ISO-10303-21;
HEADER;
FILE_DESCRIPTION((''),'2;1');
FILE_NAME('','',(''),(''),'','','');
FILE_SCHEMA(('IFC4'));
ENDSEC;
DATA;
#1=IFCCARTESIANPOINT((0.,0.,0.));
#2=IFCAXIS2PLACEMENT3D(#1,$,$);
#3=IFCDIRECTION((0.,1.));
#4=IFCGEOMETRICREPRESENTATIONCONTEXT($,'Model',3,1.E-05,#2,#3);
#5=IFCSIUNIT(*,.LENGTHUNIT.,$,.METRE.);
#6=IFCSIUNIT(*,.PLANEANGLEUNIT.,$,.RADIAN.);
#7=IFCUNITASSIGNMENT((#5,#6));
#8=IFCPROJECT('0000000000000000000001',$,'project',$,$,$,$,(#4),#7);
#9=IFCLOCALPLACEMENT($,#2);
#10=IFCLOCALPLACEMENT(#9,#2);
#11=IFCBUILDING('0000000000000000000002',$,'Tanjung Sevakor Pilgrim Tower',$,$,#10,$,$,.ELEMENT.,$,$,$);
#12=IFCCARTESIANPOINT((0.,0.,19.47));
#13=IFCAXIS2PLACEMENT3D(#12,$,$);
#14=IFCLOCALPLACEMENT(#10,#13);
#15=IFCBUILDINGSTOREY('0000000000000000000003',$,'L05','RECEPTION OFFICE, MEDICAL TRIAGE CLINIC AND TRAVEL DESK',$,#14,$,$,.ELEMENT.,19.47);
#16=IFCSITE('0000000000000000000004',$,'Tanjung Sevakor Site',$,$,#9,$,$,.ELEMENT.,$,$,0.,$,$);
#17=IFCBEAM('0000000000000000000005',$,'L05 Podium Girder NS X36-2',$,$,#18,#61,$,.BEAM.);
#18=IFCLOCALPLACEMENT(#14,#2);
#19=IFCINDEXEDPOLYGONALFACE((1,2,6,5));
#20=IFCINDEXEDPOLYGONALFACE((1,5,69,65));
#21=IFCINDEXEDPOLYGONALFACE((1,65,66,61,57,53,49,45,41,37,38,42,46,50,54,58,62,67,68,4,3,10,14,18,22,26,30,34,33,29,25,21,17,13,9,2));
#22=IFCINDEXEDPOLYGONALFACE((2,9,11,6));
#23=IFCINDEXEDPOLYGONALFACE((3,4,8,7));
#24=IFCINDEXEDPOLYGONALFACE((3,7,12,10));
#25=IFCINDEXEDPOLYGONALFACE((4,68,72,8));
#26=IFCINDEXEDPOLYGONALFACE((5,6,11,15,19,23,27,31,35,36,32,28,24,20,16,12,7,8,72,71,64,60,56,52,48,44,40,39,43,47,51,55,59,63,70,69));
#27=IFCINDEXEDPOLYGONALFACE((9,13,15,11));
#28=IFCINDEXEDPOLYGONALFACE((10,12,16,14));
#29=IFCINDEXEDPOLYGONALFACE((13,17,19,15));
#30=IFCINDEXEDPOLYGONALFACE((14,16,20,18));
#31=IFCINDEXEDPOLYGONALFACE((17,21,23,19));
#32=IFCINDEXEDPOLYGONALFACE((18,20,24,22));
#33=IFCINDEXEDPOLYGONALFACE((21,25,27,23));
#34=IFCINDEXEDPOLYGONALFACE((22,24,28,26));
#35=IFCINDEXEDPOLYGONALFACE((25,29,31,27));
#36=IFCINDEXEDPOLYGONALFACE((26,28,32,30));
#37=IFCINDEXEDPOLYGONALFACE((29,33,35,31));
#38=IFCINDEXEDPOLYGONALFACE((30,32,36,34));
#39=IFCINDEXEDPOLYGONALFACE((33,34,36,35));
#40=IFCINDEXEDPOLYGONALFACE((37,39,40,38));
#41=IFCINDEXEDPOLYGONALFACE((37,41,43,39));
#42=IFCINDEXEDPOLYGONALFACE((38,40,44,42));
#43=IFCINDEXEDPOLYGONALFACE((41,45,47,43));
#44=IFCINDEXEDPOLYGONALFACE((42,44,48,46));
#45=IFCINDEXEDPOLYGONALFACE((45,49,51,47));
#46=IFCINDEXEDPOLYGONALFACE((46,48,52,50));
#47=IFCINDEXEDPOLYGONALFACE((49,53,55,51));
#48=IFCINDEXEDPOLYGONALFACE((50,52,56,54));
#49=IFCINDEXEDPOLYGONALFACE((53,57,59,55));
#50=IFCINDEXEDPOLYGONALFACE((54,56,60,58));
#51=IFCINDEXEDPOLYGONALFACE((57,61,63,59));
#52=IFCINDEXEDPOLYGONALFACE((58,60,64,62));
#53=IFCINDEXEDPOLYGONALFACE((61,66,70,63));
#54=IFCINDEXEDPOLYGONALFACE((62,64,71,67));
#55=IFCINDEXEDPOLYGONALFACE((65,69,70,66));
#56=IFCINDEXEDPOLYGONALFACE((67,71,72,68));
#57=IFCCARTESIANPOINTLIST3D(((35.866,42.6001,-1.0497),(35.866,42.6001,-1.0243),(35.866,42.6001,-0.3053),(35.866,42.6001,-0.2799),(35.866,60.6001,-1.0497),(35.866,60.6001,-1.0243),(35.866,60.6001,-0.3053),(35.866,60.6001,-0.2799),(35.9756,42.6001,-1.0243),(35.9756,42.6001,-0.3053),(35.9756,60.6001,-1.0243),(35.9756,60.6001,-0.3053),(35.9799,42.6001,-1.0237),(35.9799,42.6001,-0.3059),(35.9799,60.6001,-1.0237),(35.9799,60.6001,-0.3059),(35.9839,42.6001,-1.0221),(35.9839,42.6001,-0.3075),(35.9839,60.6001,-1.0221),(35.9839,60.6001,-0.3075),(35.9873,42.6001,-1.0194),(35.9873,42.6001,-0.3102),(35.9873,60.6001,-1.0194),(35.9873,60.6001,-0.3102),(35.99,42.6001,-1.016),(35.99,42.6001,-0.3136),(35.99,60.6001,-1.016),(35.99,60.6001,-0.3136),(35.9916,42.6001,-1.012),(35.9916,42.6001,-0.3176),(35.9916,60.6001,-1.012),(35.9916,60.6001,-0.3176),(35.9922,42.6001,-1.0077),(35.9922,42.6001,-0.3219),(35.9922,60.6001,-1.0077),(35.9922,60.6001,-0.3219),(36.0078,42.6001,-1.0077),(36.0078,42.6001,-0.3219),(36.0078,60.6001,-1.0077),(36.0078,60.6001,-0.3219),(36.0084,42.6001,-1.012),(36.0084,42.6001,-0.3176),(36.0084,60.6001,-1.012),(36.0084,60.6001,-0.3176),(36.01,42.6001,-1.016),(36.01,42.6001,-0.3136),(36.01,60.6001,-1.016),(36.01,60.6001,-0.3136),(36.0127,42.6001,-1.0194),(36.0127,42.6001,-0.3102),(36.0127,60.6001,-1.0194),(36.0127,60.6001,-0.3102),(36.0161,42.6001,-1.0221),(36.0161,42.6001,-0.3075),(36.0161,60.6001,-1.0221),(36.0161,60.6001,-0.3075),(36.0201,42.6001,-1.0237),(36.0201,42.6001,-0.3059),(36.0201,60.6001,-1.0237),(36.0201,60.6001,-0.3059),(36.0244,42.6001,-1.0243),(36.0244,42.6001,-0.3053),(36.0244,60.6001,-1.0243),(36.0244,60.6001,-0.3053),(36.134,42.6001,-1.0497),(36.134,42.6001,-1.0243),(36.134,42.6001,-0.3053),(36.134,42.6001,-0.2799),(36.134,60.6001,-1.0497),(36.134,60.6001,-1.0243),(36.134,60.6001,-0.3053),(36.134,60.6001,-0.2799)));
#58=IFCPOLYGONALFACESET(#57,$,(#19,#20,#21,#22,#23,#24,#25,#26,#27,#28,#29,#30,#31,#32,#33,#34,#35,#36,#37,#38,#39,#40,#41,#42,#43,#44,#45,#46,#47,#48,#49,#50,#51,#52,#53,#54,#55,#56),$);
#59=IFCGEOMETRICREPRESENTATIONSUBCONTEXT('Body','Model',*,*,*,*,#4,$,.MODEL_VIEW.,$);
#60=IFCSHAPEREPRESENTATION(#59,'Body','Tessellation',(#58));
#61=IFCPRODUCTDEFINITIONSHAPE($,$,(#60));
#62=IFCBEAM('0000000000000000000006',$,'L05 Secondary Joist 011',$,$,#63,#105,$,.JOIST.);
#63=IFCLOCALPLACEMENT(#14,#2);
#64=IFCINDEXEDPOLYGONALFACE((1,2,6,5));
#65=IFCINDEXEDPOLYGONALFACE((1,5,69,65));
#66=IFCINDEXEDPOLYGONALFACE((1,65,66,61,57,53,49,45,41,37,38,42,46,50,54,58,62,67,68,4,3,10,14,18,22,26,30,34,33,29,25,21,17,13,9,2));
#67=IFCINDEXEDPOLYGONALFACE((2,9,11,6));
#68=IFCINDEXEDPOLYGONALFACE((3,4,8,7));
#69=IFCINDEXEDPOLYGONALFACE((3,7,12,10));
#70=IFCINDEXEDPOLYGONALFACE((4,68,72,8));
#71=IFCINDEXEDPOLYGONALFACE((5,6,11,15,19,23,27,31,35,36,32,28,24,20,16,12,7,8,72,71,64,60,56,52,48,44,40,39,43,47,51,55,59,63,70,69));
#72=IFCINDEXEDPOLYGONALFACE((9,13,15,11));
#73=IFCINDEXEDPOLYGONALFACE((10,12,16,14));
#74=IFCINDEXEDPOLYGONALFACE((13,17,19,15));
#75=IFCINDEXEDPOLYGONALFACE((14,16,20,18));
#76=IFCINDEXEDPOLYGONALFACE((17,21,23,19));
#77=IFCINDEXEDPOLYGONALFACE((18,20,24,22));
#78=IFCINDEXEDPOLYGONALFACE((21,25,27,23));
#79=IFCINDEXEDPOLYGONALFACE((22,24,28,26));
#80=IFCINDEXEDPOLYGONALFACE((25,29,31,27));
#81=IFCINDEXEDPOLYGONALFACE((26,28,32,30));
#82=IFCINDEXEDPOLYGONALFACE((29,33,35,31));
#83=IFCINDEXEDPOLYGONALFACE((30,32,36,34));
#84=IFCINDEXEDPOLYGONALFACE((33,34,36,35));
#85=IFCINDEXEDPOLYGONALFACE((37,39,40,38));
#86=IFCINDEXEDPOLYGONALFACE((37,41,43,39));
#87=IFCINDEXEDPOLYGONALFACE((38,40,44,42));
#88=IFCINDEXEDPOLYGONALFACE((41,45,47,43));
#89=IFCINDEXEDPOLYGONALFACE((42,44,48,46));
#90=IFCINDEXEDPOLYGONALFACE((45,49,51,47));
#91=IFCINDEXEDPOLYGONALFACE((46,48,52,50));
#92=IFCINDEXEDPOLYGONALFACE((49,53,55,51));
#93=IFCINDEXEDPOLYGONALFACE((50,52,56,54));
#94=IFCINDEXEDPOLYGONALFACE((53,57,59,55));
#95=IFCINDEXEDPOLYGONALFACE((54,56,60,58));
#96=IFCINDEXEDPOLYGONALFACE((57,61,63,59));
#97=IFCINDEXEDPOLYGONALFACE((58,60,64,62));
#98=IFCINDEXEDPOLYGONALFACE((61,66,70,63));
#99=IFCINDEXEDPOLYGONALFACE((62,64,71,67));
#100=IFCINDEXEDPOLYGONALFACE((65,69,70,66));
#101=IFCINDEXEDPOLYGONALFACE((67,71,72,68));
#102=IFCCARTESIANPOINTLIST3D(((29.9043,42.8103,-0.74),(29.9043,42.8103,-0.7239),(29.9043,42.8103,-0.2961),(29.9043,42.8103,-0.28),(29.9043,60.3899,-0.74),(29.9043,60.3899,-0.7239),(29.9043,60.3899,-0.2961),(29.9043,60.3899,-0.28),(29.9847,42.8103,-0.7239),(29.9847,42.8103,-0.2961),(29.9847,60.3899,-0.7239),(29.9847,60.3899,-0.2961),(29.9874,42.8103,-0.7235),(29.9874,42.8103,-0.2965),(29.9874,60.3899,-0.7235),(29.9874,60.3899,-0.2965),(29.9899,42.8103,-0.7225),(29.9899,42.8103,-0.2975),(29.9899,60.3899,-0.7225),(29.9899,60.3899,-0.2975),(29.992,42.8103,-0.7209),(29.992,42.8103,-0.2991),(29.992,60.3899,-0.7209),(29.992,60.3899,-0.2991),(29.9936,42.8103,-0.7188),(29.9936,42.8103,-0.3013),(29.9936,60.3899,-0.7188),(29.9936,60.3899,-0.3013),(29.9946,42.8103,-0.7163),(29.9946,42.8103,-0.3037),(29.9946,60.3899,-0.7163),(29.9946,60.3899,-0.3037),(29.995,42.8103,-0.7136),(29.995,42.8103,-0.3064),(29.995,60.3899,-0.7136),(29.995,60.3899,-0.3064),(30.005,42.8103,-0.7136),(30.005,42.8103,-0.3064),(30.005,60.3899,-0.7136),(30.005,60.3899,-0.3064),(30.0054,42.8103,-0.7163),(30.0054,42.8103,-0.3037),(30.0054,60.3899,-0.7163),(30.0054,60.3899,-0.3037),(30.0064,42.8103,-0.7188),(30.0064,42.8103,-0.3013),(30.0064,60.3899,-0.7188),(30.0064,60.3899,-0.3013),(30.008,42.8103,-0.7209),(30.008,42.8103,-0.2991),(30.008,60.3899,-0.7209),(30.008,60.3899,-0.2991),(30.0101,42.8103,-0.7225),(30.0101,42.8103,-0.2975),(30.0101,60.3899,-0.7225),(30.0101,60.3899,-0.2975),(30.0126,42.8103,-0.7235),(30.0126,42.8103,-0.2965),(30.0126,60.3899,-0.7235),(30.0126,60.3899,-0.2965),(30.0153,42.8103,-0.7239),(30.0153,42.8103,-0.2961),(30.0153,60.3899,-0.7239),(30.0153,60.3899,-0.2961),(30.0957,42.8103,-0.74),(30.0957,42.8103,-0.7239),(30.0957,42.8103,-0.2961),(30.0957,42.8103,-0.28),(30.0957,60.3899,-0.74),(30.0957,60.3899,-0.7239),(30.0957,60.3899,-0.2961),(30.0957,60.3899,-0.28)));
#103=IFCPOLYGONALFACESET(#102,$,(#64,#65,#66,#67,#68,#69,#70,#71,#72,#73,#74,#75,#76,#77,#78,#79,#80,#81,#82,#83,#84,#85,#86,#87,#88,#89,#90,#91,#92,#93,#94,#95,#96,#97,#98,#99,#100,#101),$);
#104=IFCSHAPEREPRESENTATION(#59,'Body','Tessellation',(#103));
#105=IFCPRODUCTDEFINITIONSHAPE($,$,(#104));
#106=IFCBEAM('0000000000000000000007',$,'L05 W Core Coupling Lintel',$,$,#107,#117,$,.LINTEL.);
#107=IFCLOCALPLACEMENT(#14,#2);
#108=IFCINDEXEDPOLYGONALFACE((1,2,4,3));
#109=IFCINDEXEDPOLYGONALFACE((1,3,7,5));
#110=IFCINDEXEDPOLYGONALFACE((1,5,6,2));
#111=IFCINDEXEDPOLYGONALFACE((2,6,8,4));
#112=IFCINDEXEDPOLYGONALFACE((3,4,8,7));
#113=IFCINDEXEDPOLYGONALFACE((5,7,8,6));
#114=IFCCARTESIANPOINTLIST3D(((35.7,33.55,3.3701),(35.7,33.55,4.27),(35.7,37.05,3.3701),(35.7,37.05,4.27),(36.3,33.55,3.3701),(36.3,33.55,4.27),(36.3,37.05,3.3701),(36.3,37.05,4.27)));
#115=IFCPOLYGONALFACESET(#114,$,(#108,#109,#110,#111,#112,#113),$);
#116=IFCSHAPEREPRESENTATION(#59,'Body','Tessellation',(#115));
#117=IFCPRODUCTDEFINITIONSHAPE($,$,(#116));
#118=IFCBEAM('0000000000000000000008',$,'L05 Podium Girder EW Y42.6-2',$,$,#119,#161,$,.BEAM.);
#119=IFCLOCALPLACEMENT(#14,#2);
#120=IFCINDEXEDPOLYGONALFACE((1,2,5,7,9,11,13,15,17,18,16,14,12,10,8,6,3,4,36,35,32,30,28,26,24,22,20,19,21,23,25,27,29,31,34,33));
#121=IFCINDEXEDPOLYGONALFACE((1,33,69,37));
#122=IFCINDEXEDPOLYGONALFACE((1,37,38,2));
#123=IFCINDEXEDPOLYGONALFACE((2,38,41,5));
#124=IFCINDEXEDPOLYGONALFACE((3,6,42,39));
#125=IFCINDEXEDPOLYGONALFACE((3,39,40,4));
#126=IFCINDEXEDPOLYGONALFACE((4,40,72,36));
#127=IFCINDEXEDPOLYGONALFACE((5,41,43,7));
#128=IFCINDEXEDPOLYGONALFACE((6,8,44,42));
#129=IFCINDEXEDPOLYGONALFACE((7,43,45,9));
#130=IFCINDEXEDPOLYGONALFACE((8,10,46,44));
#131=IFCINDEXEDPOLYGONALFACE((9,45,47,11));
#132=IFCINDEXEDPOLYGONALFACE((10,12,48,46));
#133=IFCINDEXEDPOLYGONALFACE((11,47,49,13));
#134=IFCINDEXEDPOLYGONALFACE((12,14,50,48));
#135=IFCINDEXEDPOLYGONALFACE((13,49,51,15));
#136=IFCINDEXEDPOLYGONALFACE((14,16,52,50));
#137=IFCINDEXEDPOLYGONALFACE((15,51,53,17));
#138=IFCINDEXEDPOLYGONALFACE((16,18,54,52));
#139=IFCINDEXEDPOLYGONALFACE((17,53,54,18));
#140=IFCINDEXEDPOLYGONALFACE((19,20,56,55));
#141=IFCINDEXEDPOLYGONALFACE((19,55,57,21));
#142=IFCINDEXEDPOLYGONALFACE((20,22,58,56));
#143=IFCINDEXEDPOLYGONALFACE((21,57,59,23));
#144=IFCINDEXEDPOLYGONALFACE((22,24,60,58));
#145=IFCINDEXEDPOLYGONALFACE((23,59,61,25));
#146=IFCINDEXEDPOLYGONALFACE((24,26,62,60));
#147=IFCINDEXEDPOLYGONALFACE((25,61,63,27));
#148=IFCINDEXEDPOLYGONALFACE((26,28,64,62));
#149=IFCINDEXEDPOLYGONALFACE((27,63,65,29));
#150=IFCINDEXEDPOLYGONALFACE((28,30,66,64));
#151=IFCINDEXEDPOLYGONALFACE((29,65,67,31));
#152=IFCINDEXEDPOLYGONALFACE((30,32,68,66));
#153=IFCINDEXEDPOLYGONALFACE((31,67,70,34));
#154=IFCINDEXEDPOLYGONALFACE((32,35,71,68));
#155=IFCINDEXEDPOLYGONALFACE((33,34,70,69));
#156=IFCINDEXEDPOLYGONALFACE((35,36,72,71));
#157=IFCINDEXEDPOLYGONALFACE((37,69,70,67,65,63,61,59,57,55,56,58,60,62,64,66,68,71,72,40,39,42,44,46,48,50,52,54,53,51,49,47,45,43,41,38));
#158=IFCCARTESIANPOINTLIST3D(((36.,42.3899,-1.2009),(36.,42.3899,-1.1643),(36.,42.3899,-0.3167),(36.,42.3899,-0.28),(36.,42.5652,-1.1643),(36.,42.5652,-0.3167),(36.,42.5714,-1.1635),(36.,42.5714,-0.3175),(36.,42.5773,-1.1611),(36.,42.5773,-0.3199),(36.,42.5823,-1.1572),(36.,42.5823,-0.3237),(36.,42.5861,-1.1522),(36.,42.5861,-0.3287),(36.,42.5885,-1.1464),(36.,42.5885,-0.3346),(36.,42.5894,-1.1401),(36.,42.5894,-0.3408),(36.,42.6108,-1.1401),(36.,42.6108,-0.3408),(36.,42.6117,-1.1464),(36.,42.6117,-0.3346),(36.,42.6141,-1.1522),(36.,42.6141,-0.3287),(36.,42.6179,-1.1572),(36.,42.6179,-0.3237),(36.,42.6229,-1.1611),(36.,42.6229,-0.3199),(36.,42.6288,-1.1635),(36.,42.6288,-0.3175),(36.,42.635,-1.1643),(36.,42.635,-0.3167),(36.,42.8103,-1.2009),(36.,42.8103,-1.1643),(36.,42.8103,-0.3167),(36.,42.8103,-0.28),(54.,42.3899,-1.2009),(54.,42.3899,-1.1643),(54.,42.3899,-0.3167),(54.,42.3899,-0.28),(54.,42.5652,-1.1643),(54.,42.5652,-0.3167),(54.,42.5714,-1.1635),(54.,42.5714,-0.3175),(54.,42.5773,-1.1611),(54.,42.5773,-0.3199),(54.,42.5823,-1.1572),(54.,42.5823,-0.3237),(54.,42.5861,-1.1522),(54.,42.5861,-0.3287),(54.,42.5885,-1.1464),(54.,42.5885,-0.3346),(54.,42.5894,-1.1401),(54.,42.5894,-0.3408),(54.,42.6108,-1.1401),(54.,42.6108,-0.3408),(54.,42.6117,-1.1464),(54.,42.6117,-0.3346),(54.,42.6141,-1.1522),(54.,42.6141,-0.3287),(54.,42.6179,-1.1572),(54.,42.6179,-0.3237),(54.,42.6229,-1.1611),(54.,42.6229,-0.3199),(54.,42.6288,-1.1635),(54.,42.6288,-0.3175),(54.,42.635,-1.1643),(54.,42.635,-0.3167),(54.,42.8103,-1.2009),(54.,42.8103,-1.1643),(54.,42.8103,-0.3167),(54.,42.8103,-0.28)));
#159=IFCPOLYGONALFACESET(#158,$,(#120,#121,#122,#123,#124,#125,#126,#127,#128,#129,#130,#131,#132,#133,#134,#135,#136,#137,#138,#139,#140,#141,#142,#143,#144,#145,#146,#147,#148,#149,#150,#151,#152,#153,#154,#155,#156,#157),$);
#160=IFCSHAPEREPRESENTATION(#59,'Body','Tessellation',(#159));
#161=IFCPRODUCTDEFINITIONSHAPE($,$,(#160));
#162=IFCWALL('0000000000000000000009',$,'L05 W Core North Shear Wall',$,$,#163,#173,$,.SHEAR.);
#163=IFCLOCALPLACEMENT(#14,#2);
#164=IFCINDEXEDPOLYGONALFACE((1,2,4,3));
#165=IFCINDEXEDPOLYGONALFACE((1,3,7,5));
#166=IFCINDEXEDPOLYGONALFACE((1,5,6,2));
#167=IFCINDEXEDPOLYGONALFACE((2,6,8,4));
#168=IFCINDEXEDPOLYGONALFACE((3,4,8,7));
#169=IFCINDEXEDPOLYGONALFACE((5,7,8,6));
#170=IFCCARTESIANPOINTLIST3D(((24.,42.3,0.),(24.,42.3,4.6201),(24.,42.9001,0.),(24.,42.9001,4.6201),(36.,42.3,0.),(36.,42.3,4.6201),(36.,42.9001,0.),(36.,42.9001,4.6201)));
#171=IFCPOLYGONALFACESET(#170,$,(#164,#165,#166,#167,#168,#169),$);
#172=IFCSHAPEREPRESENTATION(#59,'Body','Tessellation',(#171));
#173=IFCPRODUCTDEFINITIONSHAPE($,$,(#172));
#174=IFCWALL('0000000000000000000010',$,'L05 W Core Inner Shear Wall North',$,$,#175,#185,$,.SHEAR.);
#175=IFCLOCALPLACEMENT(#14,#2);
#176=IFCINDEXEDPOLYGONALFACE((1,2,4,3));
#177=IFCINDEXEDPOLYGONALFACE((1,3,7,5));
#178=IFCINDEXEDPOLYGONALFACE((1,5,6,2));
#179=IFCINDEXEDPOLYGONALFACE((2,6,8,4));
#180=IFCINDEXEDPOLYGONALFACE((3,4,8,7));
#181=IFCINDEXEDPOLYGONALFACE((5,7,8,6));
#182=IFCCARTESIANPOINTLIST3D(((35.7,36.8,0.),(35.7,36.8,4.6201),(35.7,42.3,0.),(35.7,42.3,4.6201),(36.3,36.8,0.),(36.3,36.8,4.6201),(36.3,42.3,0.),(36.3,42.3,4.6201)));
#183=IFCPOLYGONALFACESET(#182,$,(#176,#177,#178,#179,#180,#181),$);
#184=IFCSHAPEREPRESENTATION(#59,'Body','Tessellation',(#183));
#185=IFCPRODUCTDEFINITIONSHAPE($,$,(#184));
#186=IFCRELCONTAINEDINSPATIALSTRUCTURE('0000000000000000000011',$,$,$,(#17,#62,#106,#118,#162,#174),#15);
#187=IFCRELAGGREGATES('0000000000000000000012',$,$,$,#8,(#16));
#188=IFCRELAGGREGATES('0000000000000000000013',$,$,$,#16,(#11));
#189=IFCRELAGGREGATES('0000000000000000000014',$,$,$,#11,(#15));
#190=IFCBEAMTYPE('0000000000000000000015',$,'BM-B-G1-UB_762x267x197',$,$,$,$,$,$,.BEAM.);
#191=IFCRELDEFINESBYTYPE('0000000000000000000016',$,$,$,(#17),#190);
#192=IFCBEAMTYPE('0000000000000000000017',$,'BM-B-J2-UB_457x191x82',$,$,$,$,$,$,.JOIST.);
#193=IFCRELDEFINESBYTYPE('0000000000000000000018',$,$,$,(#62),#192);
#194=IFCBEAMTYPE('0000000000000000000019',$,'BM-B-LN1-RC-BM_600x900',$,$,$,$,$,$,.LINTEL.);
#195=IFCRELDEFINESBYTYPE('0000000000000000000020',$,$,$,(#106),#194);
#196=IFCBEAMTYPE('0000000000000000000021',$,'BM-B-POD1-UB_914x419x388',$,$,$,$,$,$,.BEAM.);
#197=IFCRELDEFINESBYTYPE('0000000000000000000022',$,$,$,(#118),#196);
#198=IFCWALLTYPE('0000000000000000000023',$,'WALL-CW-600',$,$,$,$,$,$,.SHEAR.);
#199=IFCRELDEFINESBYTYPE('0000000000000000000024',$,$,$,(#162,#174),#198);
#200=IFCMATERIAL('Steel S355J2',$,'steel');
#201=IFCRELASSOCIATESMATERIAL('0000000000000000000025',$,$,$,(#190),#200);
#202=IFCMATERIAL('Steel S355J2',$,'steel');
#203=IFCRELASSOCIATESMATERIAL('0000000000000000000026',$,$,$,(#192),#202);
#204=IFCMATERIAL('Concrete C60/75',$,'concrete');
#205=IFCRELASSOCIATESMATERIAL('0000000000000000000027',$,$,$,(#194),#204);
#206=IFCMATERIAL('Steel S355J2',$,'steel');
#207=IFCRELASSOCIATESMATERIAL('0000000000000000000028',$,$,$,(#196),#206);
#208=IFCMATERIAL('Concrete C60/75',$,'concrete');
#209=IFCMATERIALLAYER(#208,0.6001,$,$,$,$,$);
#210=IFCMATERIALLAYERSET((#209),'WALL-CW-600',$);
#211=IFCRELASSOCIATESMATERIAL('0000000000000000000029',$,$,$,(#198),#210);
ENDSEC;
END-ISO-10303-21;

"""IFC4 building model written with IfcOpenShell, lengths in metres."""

from ifc_helpers import new_model, si_unit, direction, frame, frame_2d, origin, origin_2d, place, context, subcontext, project, spatial, rectangle, i_section, extrude, material, layer, layer_set, material_profile, profile_set, type_object, element, save


model = new_model("IFC4")

# Units and contexts
model_context = context("Model", 3, precision=1e-05, world=origin(), true_north=direction((0.0, 1.0)))
body_context = subcontext(model_context, "Body", "Model", "MODEL_VIEW")
ifc_project = project(units=[si_unit("LENGTHUNIT", "METRE"), si_unit("PLANEANGLEUNIT", "RADIAN")], contexts=[model_context])

# Site, building, storey
site_placement = place(None, origin())
site = spatial("IfcSite", under=ifc_project, at=site_placement, Name="Tanjung Sevakor Site", CompositionType="ELEMENT", RefElevation=0.0)
building_placement = place(site_placement, origin())
building = spatial("IfcBuilding", under=site, at=building_placement, Name="Tanjung Sevakor Pilgrim Tower", CompositionType="ELEMENT")
storey_placement = place(building_placement, frame((0.0, 0.0, 19.47)))
storey = spatial("IfcBuildingStorey", under=building, at=storey_placement, Name="L05", Description="RECEPTION OFFICE, MEDICAL TRIAGE CLINIC AND TRAVEL DESK", CompositionType="ELEMENT", Elevation=19.47)

# Beams
ifc_material_1 = material(Name="Steel S355J2", Category="steel")
ifc_material_profile_1 = material_profile(ifc_material_1, i_section(OverallWidth=0.2681, OverallDepth=0.7698, WebThickness=0.0156, FlangeThickness=0.0254, FilletRadius=0.0166, at=origin_2d()))
ifc_profile_set_1 = profile_set([ifc_material_profile_1], Name="Steel S355J2")
beam_type_1 = type_object("IfcBeamType", Name="BM-B-G1-UB_762x267x197", PredefinedType="BEAM", material=ifc_profile_set_1)
beam_1_placement = place(storey_placement, frame((36.0, 42.6001, -0.6648), z_axis=(0.0, 1.0, 0.0), x_axis=(-1.0, 0.0, 0.0)))
element("IfcBeam", 1, at=beam_1_placement, inside=storey, type_object=beam_type_1, Name="L05 Podium Girder NS X36-2", PredefinedType="BEAM", context=body_context, shape_type="SweptSolid", body=[
    extrude(i_section(OverallWidth=0.2681, OverallDepth=0.7698, WebThickness=0.0156, FlangeThickness=0.0254, FilletRadius=0.0166, at=origin_2d()), origin(), (0.0, 0.0, 1.0), 18.0),
])
ifc_material_2 = material(Name="Steel S355J2", Category="steel")
ifc_material_profile_2 = material_profile(ifc_material_2, i_section(OverallWidth=0.1914, OverallDepth=0.46, WebThickness=0.01, FlangeThickness=0.0161, FilletRadius=0.0103, at=origin_2d()))
ifc_profile_set_2 = profile_set([ifc_material_profile_2], Name="Steel S355J2")
beam_type_2 = type_object("IfcBeamType", Name="BM-B-J2-UB_457x191x82", PredefinedType="JOIST", material=ifc_profile_set_2)
beam_2_placement = place(storey_placement, frame((30.0, 42.8103, -0.51), z_axis=(0.0, 1.0, 0.0), x_axis=(-1.0, 0.0, 0.0)))
element("IfcBeam", 2, at=beam_2_placement, inside=storey, type_object=beam_type_2, Name="L05 Secondary Joist 011", PredefinedType="JOIST", context=body_context, shape_type="SweptSolid", body=[
    extrude(i_section(OverallWidth=0.1914, OverallDepth=0.46, WebThickness=0.01, FlangeThickness=0.0161, FilletRadius=0.0103, at=origin_2d()), origin(), (0.0, 0.0, 1.0), 17.5796),
])
ifc_material_3 = material(Name="Concrete C60/75", Category="concrete")
ifc_material_profile_3 = material_profile(ifc_material_3, rectangle(XDim=0.6001, YDim=0.8999, at=origin_2d()))
ifc_profile_set_3 = profile_set([ifc_material_profile_3], Name="Concrete C60/75")
beam_type_3 = type_object("IfcBeamType", Name="BM-B-LN1-RC-BM_600x900", PredefinedType="LINTEL", material=ifc_profile_set_3)
beam_3_placement = place(storey_placement, frame((36.0, 33.55, 3.8201), z_axis=(0.0, 1.0, 0.0), x_axis=(-1.0, 0.0, 0.0)))
element("IfcBeam", 3, at=beam_3_placement, inside=storey, type_object=beam_type_3, Name="L05 W Core Coupling Lintel", PredefinedType="LINTEL", context=body_context, shape_type="SweptSolid", body=[
    extrude(rectangle(XDim=0.6001, YDim=0.8999, at=origin_2d()), origin(), (0.0, 0.0, 1.0), 3.5),
])
ifc_material_4 = material(Name="Steel S355J2", Category="steel")
ifc_material_profile_4 = material_profile(ifc_material_4, i_section(OverallWidth=0.4204, OverallDepth=0.9209, WebThickness=0.0215, FlangeThickness=0.0366, FilletRadius=0.0242, at=origin_2d()))
ifc_profile_set_4 = profile_set([ifc_material_profile_4], Name="Steel S355J2")
beam_type_4 = type_object("IfcBeamType", Name="BM-B-POD1-UB_914x419x388", PredefinedType="BEAM", material=ifc_profile_set_4)
beam_4_placement = place(storey_placement, frame((36.0, 42.6001, -0.7405), z_axis=(1.0, 0.0, 0.0), x_axis=(0.0, 1.0, 0.0)))
element("IfcBeam", 4, at=beam_4_placement, inside=storey, type_object=beam_type_4, Name="L05 Podium Girder EW Y42.6-2", PredefinedType="BEAM", context=body_context, shape_type="SweptSolid", body=[
    extrude(i_section(OverallWidth=0.4204, OverallDepth=0.9209, WebThickness=0.0215, FlangeThickness=0.0366, FilletRadius=0.0242, at=origin_2d()), origin(), (0.0, 0.0, 1.0), 18.0),
])

# Walls
ifc_material_5 = material(Name="Concrete C60/75", Category="concrete")
ifc_layer_1 = layer(ifc_material_5, 0.6001)
ifc_layer_set_1 = layer_set([ifc_layer_1], Name="WALL-CW-600")
wall_type_1 = type_object("IfcWallType", Name="WALL-CW-600", PredefinedType="SHEAR", material=ifc_layer_set_1)
wall_1_placement = place(storey_placement, frame((36.0, 42.6001, 0.0), z_axis=(0.0, 0.0, 1.0), x_axis=(-1.0, 0.0, 0.0)))
element("IfcWall", 5, at=wall_1_placement, inside=storey, type_object=wall_type_1, Name="L05 W Core North Shear Wall", PredefinedType="SHEAR", context=body_context, shape_type="SweptSolid", body=[
    extrude(rectangle(XDim=12.0, YDim=0.6001, at=frame_2d((6.0, 0.0))), origin(), (0.0, 0.0, 1.0), 4.6201),
])
wall_2_placement = place(storey_placement, frame((36.0, 36.8, 0.0), z_axis=(0.0, 0.0, 1.0), x_axis=(0.0, 1.0, 0.0)))
element("IfcWall", 6, at=wall_2_placement, inside=storey, type_object=wall_type_1, Name="L05 W Core Inner Shear Wall North", PredefinedType="SHEAR", context=body_context, shape_type="SweptSolid", body=[
    extrude(rectangle(XDim=5.5, YDim=0.6001, at=frame_2d((2.75, 0.0))), origin(), (0.0, 0.0, 1.0), 4.6201),
])

save(model, "model.ifc")
